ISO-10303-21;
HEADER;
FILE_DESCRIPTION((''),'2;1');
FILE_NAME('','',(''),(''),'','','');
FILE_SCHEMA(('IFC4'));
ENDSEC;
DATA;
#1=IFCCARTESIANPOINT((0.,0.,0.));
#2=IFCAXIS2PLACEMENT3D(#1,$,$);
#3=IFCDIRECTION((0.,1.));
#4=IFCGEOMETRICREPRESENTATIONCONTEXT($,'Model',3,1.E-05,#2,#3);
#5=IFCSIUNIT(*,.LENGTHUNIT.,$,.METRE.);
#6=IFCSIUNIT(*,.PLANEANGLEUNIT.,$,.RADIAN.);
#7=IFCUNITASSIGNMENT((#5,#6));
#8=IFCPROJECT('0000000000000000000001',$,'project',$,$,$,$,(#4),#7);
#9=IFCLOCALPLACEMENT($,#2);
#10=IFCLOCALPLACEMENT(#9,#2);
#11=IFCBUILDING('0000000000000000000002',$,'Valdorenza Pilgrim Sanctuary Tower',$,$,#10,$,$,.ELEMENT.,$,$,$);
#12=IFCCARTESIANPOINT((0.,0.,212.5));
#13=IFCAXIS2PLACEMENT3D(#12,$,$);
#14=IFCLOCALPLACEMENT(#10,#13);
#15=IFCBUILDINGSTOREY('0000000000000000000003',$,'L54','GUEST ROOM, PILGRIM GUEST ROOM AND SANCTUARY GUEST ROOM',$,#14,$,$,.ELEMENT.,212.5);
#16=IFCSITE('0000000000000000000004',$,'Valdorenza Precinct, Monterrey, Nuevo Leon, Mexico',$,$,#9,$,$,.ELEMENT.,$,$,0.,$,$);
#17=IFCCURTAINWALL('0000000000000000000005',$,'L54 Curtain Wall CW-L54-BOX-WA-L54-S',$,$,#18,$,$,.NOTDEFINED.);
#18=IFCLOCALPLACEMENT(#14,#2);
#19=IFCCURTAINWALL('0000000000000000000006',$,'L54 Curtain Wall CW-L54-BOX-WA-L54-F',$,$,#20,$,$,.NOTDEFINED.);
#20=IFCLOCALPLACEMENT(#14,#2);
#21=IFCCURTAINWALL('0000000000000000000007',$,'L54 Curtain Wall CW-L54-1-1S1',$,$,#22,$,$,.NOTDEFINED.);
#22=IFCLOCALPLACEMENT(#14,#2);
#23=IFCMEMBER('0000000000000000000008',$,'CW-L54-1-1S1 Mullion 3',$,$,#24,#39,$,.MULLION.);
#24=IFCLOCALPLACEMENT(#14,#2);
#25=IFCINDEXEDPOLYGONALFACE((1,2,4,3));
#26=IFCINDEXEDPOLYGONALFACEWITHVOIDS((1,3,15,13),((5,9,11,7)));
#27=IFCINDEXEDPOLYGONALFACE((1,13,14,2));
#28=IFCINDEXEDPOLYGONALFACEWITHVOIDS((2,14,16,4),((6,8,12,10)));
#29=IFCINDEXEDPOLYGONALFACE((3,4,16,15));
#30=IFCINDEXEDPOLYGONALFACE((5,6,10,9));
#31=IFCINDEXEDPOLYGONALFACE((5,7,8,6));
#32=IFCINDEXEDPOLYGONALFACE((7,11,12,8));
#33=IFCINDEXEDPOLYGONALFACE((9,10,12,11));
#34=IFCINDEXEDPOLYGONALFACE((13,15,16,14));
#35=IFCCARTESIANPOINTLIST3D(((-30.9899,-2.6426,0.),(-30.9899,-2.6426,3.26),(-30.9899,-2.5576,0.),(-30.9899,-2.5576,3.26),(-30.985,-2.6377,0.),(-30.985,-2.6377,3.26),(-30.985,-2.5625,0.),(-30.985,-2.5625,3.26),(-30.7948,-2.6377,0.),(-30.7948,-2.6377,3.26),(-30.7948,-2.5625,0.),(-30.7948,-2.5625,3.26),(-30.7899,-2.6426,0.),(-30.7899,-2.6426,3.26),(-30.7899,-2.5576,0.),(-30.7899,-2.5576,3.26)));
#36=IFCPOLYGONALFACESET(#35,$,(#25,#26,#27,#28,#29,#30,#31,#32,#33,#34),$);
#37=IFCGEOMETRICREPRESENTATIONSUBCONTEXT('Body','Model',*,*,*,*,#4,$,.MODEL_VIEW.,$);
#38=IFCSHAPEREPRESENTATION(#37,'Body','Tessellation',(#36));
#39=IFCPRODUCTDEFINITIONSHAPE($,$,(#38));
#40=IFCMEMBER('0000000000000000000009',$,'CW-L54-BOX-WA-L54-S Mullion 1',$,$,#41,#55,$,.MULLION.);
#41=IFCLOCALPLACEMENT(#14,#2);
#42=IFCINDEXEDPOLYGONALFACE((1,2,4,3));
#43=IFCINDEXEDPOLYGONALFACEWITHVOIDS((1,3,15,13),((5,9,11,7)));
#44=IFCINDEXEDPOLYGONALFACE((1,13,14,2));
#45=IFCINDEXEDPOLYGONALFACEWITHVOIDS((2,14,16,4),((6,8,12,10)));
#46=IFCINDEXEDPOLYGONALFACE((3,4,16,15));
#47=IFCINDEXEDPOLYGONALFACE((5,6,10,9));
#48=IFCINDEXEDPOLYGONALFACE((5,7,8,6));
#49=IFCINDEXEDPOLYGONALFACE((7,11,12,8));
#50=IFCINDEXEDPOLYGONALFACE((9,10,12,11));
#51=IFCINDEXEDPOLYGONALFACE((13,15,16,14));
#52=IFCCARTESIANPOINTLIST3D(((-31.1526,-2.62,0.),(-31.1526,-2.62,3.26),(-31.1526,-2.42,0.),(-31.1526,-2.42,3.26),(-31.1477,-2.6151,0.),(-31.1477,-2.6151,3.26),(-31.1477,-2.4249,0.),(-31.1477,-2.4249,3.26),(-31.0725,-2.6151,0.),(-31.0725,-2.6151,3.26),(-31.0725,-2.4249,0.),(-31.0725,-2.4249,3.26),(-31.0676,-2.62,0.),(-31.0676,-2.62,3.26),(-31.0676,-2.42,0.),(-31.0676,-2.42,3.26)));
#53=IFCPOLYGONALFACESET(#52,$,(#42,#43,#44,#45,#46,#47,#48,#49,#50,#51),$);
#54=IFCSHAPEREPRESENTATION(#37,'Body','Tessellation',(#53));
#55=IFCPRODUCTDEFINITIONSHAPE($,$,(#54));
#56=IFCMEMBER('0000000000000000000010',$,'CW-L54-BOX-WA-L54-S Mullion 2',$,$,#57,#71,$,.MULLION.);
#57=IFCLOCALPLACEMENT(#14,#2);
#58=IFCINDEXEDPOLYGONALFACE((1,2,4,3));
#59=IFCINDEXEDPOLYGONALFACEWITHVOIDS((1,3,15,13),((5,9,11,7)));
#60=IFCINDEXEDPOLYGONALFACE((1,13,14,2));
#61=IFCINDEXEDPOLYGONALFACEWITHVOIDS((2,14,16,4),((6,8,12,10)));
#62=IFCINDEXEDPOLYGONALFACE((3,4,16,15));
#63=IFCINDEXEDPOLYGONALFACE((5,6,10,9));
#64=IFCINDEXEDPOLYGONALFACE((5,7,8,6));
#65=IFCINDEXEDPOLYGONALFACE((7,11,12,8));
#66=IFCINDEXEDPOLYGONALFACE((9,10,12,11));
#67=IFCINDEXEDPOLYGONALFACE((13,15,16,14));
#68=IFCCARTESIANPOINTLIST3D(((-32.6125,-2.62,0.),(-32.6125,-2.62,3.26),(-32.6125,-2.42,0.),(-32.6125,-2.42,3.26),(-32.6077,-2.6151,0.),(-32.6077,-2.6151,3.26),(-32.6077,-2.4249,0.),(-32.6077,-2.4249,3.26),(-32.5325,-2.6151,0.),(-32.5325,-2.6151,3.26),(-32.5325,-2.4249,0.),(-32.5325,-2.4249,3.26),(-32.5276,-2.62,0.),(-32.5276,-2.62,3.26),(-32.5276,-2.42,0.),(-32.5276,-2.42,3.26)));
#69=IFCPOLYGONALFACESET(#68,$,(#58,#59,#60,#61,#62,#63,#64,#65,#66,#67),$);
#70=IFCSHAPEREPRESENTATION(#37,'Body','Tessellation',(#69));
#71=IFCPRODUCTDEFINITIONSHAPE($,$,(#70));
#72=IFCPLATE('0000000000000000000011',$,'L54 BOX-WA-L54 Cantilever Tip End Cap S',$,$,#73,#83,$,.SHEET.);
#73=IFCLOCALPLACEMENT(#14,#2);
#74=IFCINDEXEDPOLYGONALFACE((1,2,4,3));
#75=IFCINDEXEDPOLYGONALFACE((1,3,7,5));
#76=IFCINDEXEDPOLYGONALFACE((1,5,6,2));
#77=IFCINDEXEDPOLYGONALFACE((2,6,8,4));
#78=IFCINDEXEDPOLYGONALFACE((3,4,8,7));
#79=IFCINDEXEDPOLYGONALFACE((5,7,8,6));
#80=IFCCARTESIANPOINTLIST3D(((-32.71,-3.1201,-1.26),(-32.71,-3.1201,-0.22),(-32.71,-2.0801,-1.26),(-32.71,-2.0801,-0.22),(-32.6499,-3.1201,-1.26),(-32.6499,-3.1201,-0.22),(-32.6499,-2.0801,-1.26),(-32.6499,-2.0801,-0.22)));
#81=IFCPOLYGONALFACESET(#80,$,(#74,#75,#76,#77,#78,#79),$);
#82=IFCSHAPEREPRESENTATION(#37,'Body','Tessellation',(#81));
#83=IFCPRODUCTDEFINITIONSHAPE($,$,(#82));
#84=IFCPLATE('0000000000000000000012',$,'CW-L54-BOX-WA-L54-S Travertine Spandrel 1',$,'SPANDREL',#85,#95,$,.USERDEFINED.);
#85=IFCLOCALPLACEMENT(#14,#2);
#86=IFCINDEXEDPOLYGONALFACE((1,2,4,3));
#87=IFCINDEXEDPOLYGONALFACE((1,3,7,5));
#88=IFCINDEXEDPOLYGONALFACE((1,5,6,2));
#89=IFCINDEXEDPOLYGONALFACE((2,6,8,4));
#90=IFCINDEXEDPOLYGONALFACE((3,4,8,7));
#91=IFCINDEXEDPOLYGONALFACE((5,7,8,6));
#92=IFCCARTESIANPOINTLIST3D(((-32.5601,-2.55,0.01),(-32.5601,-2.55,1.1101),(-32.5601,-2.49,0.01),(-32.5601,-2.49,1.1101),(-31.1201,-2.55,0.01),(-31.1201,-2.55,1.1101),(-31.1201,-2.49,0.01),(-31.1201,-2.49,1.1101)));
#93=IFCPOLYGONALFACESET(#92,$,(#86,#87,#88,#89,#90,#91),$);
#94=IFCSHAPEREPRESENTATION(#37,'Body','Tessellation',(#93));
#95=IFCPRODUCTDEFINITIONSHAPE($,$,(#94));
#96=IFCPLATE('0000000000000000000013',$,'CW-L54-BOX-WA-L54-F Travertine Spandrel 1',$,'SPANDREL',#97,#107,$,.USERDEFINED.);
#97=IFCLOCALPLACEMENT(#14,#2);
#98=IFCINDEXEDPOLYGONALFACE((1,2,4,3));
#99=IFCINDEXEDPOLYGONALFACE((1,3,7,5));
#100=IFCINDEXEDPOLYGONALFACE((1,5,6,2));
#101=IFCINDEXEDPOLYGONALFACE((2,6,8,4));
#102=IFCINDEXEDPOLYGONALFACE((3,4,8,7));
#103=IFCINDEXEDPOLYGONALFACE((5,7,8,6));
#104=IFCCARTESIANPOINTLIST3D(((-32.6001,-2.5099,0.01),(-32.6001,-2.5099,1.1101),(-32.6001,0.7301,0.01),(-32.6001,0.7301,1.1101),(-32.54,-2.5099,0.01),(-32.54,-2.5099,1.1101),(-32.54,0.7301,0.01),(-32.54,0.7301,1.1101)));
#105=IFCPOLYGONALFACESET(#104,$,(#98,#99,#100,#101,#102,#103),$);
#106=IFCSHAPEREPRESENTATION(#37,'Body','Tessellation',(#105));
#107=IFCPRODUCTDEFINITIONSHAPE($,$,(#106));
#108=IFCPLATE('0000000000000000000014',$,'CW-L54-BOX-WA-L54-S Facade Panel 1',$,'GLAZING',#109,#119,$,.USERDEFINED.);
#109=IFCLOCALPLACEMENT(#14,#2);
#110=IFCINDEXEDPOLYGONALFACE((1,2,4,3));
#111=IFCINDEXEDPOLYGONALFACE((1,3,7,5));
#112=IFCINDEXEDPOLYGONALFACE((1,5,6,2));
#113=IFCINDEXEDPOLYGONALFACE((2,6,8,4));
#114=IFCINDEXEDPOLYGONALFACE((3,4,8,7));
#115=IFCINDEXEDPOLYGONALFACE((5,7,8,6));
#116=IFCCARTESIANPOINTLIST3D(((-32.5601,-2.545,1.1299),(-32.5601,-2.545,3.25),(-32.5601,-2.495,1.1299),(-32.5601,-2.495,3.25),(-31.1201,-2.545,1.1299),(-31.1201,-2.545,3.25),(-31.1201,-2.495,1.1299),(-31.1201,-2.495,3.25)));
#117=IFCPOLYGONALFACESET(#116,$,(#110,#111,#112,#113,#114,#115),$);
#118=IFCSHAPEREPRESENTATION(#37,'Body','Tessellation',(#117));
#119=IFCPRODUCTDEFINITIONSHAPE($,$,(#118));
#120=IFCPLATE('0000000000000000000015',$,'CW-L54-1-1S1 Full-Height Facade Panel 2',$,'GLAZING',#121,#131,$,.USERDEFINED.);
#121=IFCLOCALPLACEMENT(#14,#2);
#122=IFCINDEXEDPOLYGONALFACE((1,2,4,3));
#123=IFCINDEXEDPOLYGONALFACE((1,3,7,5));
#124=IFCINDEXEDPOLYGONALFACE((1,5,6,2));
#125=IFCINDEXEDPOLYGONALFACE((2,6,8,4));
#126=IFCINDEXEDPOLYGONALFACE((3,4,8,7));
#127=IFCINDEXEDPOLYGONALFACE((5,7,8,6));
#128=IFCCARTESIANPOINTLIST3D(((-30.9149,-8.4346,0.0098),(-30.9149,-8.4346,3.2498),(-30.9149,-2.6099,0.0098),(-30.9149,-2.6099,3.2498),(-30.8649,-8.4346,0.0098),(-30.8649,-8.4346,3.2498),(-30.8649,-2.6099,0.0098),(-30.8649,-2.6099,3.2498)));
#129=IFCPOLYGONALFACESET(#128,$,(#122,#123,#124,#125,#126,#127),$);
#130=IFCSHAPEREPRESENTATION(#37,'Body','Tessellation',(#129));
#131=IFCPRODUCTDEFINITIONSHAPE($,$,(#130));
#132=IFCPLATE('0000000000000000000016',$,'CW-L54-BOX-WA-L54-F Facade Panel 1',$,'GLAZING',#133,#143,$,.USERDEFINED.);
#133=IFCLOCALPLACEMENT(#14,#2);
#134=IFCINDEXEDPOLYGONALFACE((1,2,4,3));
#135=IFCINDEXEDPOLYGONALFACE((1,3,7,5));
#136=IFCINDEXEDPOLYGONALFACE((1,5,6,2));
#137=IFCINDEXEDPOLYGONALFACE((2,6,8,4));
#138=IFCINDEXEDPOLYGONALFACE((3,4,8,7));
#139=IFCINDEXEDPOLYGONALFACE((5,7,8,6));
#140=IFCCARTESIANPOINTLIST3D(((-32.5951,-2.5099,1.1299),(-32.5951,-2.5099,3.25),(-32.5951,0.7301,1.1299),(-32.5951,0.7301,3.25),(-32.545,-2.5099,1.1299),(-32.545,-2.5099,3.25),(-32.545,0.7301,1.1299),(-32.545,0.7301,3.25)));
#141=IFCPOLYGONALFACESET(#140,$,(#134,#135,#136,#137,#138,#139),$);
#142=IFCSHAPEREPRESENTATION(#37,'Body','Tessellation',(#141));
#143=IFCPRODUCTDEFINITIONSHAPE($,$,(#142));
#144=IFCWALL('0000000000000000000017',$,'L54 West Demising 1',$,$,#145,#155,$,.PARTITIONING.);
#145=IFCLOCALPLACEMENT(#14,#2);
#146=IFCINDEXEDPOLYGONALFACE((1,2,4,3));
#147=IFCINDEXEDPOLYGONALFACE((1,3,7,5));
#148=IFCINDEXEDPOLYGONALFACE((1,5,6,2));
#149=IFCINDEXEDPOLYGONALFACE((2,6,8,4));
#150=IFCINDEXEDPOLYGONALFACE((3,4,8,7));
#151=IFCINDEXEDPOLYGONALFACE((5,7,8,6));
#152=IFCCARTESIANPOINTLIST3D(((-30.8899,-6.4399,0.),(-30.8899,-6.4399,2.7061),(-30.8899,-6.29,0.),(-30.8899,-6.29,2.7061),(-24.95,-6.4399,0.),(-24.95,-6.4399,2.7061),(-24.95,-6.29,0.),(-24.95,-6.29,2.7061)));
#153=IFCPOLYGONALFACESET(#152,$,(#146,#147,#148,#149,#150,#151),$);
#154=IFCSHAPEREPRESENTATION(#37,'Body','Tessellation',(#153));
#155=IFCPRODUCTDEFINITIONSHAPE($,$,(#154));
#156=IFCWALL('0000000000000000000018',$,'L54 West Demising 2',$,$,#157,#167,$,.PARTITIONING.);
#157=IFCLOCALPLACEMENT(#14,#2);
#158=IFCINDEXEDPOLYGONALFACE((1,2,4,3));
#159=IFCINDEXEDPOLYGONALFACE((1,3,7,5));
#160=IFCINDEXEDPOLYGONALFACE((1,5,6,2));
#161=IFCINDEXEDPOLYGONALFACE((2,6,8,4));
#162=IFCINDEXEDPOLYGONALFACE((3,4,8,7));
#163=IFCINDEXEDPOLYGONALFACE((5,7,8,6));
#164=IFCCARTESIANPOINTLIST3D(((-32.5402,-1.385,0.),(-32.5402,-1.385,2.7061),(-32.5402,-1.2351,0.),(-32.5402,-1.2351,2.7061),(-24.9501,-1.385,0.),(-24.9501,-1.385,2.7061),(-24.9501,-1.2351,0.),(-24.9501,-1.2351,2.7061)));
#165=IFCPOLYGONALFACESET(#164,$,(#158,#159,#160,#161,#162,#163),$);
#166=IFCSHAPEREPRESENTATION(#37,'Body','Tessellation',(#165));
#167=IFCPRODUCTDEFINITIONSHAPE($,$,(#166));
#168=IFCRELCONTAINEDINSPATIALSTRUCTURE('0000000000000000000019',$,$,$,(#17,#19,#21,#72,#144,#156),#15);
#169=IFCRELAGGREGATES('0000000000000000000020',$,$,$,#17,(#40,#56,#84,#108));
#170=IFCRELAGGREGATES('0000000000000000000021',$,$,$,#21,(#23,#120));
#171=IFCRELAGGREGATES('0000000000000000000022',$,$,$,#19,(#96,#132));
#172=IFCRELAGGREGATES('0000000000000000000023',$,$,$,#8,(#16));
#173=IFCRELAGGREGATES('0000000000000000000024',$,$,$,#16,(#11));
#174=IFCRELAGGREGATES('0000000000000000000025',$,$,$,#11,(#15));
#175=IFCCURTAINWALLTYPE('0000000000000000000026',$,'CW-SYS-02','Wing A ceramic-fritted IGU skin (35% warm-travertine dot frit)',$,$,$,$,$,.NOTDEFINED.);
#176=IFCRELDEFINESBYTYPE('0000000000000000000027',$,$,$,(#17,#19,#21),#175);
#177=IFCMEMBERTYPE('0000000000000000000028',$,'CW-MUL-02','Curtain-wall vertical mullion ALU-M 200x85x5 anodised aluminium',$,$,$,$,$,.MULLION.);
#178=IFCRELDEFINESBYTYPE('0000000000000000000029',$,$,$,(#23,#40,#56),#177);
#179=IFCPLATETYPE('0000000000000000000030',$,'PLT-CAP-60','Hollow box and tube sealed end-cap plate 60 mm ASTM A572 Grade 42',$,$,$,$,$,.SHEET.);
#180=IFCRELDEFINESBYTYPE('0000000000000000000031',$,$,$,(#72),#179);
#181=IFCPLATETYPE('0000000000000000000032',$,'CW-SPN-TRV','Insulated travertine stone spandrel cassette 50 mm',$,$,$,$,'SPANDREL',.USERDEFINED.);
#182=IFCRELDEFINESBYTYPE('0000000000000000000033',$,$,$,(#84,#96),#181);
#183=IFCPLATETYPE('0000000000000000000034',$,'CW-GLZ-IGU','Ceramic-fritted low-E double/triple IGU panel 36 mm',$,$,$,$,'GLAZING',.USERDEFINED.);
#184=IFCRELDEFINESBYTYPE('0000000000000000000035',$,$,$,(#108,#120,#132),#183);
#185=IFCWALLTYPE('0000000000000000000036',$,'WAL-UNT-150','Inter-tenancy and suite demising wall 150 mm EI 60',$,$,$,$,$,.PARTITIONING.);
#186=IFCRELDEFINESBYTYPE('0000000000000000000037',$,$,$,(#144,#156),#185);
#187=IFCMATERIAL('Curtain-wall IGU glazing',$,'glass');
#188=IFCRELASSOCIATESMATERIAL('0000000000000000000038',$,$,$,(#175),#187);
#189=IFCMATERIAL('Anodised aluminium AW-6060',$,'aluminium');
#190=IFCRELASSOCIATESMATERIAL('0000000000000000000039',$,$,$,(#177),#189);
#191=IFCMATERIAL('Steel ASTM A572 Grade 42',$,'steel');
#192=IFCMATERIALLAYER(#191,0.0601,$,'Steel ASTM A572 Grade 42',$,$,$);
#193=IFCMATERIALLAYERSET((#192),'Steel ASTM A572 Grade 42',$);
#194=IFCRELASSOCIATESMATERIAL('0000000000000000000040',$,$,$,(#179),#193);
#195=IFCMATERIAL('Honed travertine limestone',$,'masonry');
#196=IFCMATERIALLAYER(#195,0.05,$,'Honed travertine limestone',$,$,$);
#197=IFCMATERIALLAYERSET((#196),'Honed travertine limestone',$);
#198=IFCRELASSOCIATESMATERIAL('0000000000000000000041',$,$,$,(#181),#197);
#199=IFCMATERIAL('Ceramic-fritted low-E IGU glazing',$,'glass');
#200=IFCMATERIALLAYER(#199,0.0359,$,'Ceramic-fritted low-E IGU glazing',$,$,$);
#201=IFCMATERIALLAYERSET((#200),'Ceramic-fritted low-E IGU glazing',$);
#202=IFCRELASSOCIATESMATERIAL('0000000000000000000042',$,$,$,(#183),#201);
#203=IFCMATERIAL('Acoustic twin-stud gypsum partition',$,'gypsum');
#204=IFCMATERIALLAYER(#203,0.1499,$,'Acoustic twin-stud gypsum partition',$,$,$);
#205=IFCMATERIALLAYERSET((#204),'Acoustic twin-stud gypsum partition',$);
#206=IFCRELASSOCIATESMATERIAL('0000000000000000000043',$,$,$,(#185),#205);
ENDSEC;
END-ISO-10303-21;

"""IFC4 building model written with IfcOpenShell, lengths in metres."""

from ifc_helpers import new_model, si_unit, direction, frame, frame_2d, origin, origin_2d, place, context, subcontext, project, spatial, rectangle, hollow_rectangle, extrude, source, transform, mapped, material, layer, layer_set, material_profile, profile_set, type_object, element, aggregate, save


model = new_model("IFC4")

# Units and contexts
model_context = context("Model", 3, precision=1e-05, world=origin(), true_north=direction((0.0, 1.0)))
body_context = subcontext(model_context, "Body", "Model", "MODEL_VIEW")
ifc_project = project(units=[si_unit("LENGTHUNIT", "METRE"), si_unit("PLANEANGLEUNIT", "RADIAN")], contexts=[model_context])

# Site, building, storey
site_placement = place(None, origin())
site = spatial("IfcSite", under=ifc_project, at=site_placement, Name="Valdorenza Precinct, Monterrey, Nuevo Leon, Mexico", CompositionType="ELEMENT", RefElevation=0.0)
building_placement = place(site_placement, origin())
building = spatial("IfcBuilding", under=site, at=building_placement, Name="Valdorenza Pilgrim Sanctuary Tower", CompositionType="ELEMENT")
storey_placement = place(building_placement, frame((0.0, 0.0, 212.5)))
storey = spatial("IfcBuildingStorey", under=building, at=storey_placement, Name="L54", Description="GUEST ROOM, PILGRIM GUEST ROOM AND SANCTUARY GUEST ROOM", CompositionType="ELEMENT", Elevation=212.5)

# Curtain walls, member
ifc_material_1 = material(Name="Curtain-wall IGU glazing", Category="glass")
curtain_wall_type = type_object("IfcCurtainWallType", Name="CW-SYS-02", Description="Wing A ceramic-fritted IGU skin (35% warm-travertine dot frit)", PredefinedType="NOTDEFINED", material=ifc_material_1)
curtain_wall_1_placement = place(storey_placement, origin())
curtain_wall_1 = element("IfcCurtainWall", 1, at=curtain_wall_1_placement, inside=storey, type_object=curtain_wall_type, Name="L54 Curtain Wall CW-L54-BOX-WA-L54-S", PredefinedType="NOTDEFINED")
ifc_material_2 = material(Name="Anodised aluminium AW-6060", Category="aluminium")
curtain_wall_2_placement = place(storey_placement, origin())
curtain_wall_2 = element("IfcCurtainWall", 2, at=curtain_wall_2_placement, inside=storey, type_object=curtain_wall_type, Name="L54 Curtain Wall CW-L54-BOX-WA-L54-F", PredefinedType="NOTDEFINED")
curtain_wall_3_placement = place(storey_placement, origin())
curtain_wall_3 = element("IfcCurtainWall", 3, at=curtain_wall_3_placement, inside=storey, type_object=curtain_wall_type, Name="L54 Curtain Wall CW-L54-1-1S1", PredefinedType="NOTDEFINED")
ifc_material_profile_1 = material_profile(ifc_material_2, hollow_rectangle(XDim=0.085, YDim=0.2, WallThickness=0.0049, at=origin_2d()), Name="ALU-M 200x85x5")
ifc_profile_set_1 = profile_set([ifc_material_profile_1], Name="Anodised aluminium AW-6060")
member_type_1 = type_object("IfcMemberType", Name="CW-MUL-02", Description="Curtain-wall vertical mullion ALU-M 200x85x5 anodised aluminium", PredefinedType="MULLION", material=ifc_profile_set_1)
shared_shape_1 = source(origin(), body_context, "Body", "SweptSolid", [
    extrude(hollow_rectangle(XDim=0.085, YDim=0.2, WallThickness=0.0049, at=origin_2d()), origin(), (0.0, 0.0, 1.0), 3.26),
])
member_1_placement = place(storey_placement, frame((-30.8899, -2.6001, 0.0), z_axis=(0.0, 0.0, 1.0), x_axis=(0.0, 1.0, 0.0)))
member_1 = element("IfcMember", 4, at=member_1_placement, type_object=member_type_1, Name="CW-L54-1-1S1 Mullion 3", PredefinedType="MULLION", context=body_context, shape_type="MappedRepresentation", body=[
    mapped(shared_shape_1, transform((0.0, 0.0, 0.0), x_axis=(1.0, 0.0, 0.0), y_axis=(0.0, 1.0, 0.0), z_axis=(0.0, 0.0, 1.0), scale=1.0)),
])

# Members
member_2_placement = place(storey_placement, frame((-31.1101, -2.52, 0.0), z_axis=(0.0, 0.0, 1.0), x_axis=(-1.0, 0.0, 0.0)))
member_2 = element("IfcMember", 5, at=member_2_placement, type_object=member_type_1, Name="CW-L54-BOX-WA-L54-S Mullion 1", PredefinedType="MULLION", context=body_context, shape_type="MappedRepresentation", body=[
    mapped(shared_shape_1, transform((0.0, 0.0, 0.0), x_axis=(1.0, 0.0, 0.0), y_axis=(0.0, 1.0, 0.0), z_axis=(0.0, 0.0, 1.0), scale=1.0)),
])
member_3_placement = place(storey_placement, frame((-32.5701, -2.52, 0.0), z_axis=(0.0, 0.0, 1.0), x_axis=(-1.0, 0.0, 0.0)))
member_3 = element("IfcMember", 6, at=member_3_placement, type_object=member_type_1, Name="CW-L54-BOX-WA-L54-S Mullion 2", PredefinedType="MULLION", context=body_context, shape_type="MappedRepresentation", body=[
    mapped(shared_shape_1, transform((0.0, 0.0, 0.0), x_axis=(1.0, 0.0, 0.0), y_axis=(0.0, 1.0, 0.0), z_axis=(0.0, 0.0, 1.0), scale=1.0)),
])

# Plates
ifc_material_3 = material(Name="Steel ASTM A572 Grade 42", Category="steel")
ifc_layer_1 = layer(ifc_material_3, 0.0601, Name="Steel ASTM A572 Grade 42")
ifc_layer_set_1 = layer_set([ifc_layer_1], Name="Steel ASTM A572 Grade 42")
plate_type_1 = type_object("IfcPlateType", Name="PLT-CAP-60", Description="Hollow box and tube sealed end-cap plate 60 mm ASTM A572 Grade 42", PredefinedType="SHEET", material=ifc_layer_set_1)
shared_shape_2 = source(origin(), body_context, "Body", "SweptSolid", [
    extrude(rectangle(XDim=0.0601, YDim=1.04, at=origin_2d()), origin(), (0.0, 0.0, 1.0), 1.04),
])
plate_1_placement = place(storey_placement, frame((-32.6799, -2.6001, -1.26), z_axis=(0.0, 0.0, 1.0), x_axis=(1.0, 0.0, 0.0)))
element("IfcPlate", 7, at=plate_1_placement, inside=storey, type_object=plate_type_1, Name="L54 BOX-WA-L54 Cantilever Tip End Cap S", PredefinedType="SHEET", context=body_context, shape_type="MappedRepresentation", body=[
    mapped(shared_shape_2, transform((0.0, 0.0, 0.0), x_axis=(1.0, 0.0, 0.0), y_axis=(0.0, 1.0, 0.0), z_axis=(0.0, 0.0, 1.0), scale=1.0)),
])
ifc_material_4 = material(Name="Honed travertine limestone", Category="masonry")
ifc_layer_2 = layer(ifc_material_4, 0.05, Name="Honed travertine limestone")
ifc_layer_set_2 = layer_set([ifc_layer_2], Name="Honed travertine limestone")
plate_type_2 = type_object("IfcPlateType", Name="CW-SPN-TRV", Description="Insulated travertine stone spandrel cassette 50 mm", ElementType="SPANDREL", PredefinedType="USERDEFINED", material=ifc_layer_set_2)
shared_shape_3 = source(origin(), body_context, "Body", "SweptSolid", [
    extrude(rectangle(XDim=1.4399, YDim=0.0601, at=origin_2d()), origin(), (0.0, 0.0, 1.0), 1.1001),
])
plate_2_placement = place(storey_placement, frame((-31.8401, -2.52, 0.01), z_axis=(0.0, 0.0, 1.0), x_axis=(-1.0, 0.0, 0.0)))
plate_2 = element("IfcPlate", 8, at=plate_2_placement, type_object=plate_type_2, Name="CW-L54-BOX-WA-L54-S Travertine Spandrel 1", ObjectType="SPANDREL", PredefinedType="USERDEFINED", context=body_context, shape_type="MappedRepresentation", body=[
    mapped(shared_shape_3, transform((0.0, 0.0, 0.0), x_axis=(1.0, 0.0, 0.0), y_axis=(0.0, 1.0, 0.0), z_axis=(0.0, 0.0, 1.0), scale=1.0)),
])
shared_shape_4 = source(origin(), body_context, "Body", "SweptSolid", [
    extrude(rectangle(XDim=3.24, YDim=0.0601, at=origin_2d()), origin(), (0.0, 0.0, 1.0), 1.1001),
])
plate_3_placement = place(storey_placement, frame((-32.5701, -0.8899, 0.01), z_axis=(0.0, 0.0, 1.0), x_axis=(0.0, 1.0, 0.0)))
plate_3 = element("IfcPlate", 9, at=plate_3_placement, type_object=plate_type_2, Name="CW-L54-BOX-WA-L54-F Travertine Spandrel 1", ObjectType="SPANDREL", PredefinedType="USERDEFINED", context=body_context, shape_type="MappedRepresentation", body=[
    mapped(shared_shape_4, transform((0.0, 0.0, 0.0), x_axis=(1.0, 0.0, 0.0), y_axis=(0.0, 1.0, 0.0), z_axis=(0.0, 0.0, 1.0), scale=1.0)),
])
ifc_material_5 = material(Name="Ceramic-fritted low-E IGU glazing", Category="glass")
ifc_layer_3 = layer(ifc_material_5, 0.0359, Name="Ceramic-fritted low-E IGU glazing")
ifc_layer_set_3 = layer_set([ifc_layer_3], Name="Ceramic-fritted low-E IGU glazing")
plate_type_3 = type_object("IfcPlateType", Name="CW-GLZ-IGU", Description="Ceramic-fritted low-E double/triple IGU panel 36 mm", ElementType="GLAZING", PredefinedType="USERDEFINED", material=ifc_layer_set_3)
shared_shape_5 = source(origin(), body_context, "Body", "SweptSolid", [
    extrude(rectangle(XDim=1.4399, YDim=0.05, at=origin_2d()), origin(), (0.0, 0.0, 1.0), 2.1201),
])
plate_4_placement = place(storey_placement, frame((-31.8401, -2.52, 1.1299), z_axis=(0.0, 0.0, 1.0), x_axis=(-1.0, 0.0, 0.0)))
plate_4 = element("IfcPlate", 10, at=plate_4_placement, type_object=plate_type_3, Name="CW-L54-BOX-WA-L54-S Facade Panel 1", ObjectType="GLAZING", PredefinedType="USERDEFINED", context=body_context, shape_type="MappedRepresentation", body=[
    mapped(shared_shape_5, transform((0.0, 0.0, 0.0), x_axis=(1.0, 0.0, 0.0), y_axis=(0.0, 1.0, 0.0), z_axis=(0.0, 0.0, 1.0), scale=1.0)),
])
aggregate(curtain_wall_1, [member_2, member_3, plate_2, plate_4])
shared_shape_6 = source(origin(), body_context, "Body", "SweptSolid", [
    extrude(rectangle(XDim=5.8247, YDim=0.05, at=origin_2d()), origin(), (0.0, 0.0, 1.0), 3.24),
])
plate_5_placement = place(storey_placement, frame((-30.8899, -5.5222, 0.0098), z_axis=(0.0, 0.0, 1.0), x_axis=(0.0, 1.0, 0.0)))
plate_5 = element("IfcPlate", 11, at=plate_5_placement, type_object=plate_type_3, Name="CW-L54-1-1S1 Full-Height Facade Panel 2", ObjectType="GLAZING", PredefinedType="USERDEFINED", context=body_context, shape_type="MappedRepresentation", body=[
    mapped(shared_shape_6, transform((0.0, 0.0, 0.0), x_axis=(1.0, 0.0, 0.0), y_axis=(0.0, 1.0, 0.0), z_axis=(0.0, 0.0, 1.0), scale=1.0)),
])
aggregate(curtain_wall_3, [member_1, plate_5])
shared_shape_7 = source(origin(), body_context, "Body", "SweptSolid", [
    extrude(rectangle(XDim=3.24, YDim=0.05, at=origin_2d()), origin(), (0.0, 0.0, 1.0), 2.1201),
])
plate_6_placement = place(storey_placement, frame((-32.5701, -0.8899, 1.1299), z_axis=(0.0, 0.0, 1.0), x_axis=(0.0, 1.0, 0.0)))
plate_6 = element("IfcPlate", 12, at=plate_6_placement, type_object=plate_type_3, Name="CW-L54-BOX-WA-L54-F Facade Panel 1", ObjectType="GLAZING", PredefinedType="USERDEFINED", context=body_context, shape_type="MappedRepresentation", body=[
    mapped(shared_shape_7, transform((0.0, 0.0, 0.0), x_axis=(1.0, 0.0, 0.0), y_axis=(0.0, 1.0, 0.0), z_axis=(0.0, 0.0, 1.0), scale=1.0)),
])
aggregate(curtain_wall_2, [plate_3, plate_6])

# Walls
ifc_material_6 = material(Name="Acoustic twin-stud gypsum partition", Category="gypsum")
ifc_layer_4 = layer(ifc_material_6, 0.1499, Name="Acoustic twin-stud gypsum partition")
ifc_layer_set_4 = layer_set([ifc_layer_4], Name="Acoustic twin-stud gypsum partition")
wall_type = type_object("IfcWallType", Name="WAL-UNT-150", Description="Inter-tenancy and suite demising wall 150 mm EI 60", PredefinedType="PARTITIONING", material=ifc_layer_set_4)
wall_1_placement = place(storey_placement, frame((-30.8899, -6.365, 0.0), z_axis=(0.0, 0.0, 1.0), x_axis=(1.0, 0.0, 0.0)))
element("IfcWall", 13, at=wall_1_placement, inside=storey, type_object=wall_type, Name="L54 West Demising 1", PredefinedType="PARTITIONING", context=body_context, shape_type="SweptSolid", body=[
    extrude(rectangle(XDim=5.9399, YDim=0.1499, at=frame_2d((2.97, 0.0))), origin(), (0.0, 0.0, 1.0), 2.7061),
])
wall_2_placement = place(storey_placement, frame((-32.54, -1.3101, 0.0), z_axis=(0.0, 0.0, 1.0), x_axis=(1.0, 0.0, 0.0)))
element("IfcWall", 14, at=wall_2_placement, inside=storey, type_object=wall_type, Name="L54 West Demising 2", PredefinedType="PARTITIONING", context=body_context, shape_type="SweptSolid", body=[
    extrude(rectangle(XDim=7.5901, YDim=0.1499, at=frame_2d((3.7949, 0.0))), origin(), (0.0, 0.0, 1.0), 2.7061),
])

save(model, "model.ifc")
